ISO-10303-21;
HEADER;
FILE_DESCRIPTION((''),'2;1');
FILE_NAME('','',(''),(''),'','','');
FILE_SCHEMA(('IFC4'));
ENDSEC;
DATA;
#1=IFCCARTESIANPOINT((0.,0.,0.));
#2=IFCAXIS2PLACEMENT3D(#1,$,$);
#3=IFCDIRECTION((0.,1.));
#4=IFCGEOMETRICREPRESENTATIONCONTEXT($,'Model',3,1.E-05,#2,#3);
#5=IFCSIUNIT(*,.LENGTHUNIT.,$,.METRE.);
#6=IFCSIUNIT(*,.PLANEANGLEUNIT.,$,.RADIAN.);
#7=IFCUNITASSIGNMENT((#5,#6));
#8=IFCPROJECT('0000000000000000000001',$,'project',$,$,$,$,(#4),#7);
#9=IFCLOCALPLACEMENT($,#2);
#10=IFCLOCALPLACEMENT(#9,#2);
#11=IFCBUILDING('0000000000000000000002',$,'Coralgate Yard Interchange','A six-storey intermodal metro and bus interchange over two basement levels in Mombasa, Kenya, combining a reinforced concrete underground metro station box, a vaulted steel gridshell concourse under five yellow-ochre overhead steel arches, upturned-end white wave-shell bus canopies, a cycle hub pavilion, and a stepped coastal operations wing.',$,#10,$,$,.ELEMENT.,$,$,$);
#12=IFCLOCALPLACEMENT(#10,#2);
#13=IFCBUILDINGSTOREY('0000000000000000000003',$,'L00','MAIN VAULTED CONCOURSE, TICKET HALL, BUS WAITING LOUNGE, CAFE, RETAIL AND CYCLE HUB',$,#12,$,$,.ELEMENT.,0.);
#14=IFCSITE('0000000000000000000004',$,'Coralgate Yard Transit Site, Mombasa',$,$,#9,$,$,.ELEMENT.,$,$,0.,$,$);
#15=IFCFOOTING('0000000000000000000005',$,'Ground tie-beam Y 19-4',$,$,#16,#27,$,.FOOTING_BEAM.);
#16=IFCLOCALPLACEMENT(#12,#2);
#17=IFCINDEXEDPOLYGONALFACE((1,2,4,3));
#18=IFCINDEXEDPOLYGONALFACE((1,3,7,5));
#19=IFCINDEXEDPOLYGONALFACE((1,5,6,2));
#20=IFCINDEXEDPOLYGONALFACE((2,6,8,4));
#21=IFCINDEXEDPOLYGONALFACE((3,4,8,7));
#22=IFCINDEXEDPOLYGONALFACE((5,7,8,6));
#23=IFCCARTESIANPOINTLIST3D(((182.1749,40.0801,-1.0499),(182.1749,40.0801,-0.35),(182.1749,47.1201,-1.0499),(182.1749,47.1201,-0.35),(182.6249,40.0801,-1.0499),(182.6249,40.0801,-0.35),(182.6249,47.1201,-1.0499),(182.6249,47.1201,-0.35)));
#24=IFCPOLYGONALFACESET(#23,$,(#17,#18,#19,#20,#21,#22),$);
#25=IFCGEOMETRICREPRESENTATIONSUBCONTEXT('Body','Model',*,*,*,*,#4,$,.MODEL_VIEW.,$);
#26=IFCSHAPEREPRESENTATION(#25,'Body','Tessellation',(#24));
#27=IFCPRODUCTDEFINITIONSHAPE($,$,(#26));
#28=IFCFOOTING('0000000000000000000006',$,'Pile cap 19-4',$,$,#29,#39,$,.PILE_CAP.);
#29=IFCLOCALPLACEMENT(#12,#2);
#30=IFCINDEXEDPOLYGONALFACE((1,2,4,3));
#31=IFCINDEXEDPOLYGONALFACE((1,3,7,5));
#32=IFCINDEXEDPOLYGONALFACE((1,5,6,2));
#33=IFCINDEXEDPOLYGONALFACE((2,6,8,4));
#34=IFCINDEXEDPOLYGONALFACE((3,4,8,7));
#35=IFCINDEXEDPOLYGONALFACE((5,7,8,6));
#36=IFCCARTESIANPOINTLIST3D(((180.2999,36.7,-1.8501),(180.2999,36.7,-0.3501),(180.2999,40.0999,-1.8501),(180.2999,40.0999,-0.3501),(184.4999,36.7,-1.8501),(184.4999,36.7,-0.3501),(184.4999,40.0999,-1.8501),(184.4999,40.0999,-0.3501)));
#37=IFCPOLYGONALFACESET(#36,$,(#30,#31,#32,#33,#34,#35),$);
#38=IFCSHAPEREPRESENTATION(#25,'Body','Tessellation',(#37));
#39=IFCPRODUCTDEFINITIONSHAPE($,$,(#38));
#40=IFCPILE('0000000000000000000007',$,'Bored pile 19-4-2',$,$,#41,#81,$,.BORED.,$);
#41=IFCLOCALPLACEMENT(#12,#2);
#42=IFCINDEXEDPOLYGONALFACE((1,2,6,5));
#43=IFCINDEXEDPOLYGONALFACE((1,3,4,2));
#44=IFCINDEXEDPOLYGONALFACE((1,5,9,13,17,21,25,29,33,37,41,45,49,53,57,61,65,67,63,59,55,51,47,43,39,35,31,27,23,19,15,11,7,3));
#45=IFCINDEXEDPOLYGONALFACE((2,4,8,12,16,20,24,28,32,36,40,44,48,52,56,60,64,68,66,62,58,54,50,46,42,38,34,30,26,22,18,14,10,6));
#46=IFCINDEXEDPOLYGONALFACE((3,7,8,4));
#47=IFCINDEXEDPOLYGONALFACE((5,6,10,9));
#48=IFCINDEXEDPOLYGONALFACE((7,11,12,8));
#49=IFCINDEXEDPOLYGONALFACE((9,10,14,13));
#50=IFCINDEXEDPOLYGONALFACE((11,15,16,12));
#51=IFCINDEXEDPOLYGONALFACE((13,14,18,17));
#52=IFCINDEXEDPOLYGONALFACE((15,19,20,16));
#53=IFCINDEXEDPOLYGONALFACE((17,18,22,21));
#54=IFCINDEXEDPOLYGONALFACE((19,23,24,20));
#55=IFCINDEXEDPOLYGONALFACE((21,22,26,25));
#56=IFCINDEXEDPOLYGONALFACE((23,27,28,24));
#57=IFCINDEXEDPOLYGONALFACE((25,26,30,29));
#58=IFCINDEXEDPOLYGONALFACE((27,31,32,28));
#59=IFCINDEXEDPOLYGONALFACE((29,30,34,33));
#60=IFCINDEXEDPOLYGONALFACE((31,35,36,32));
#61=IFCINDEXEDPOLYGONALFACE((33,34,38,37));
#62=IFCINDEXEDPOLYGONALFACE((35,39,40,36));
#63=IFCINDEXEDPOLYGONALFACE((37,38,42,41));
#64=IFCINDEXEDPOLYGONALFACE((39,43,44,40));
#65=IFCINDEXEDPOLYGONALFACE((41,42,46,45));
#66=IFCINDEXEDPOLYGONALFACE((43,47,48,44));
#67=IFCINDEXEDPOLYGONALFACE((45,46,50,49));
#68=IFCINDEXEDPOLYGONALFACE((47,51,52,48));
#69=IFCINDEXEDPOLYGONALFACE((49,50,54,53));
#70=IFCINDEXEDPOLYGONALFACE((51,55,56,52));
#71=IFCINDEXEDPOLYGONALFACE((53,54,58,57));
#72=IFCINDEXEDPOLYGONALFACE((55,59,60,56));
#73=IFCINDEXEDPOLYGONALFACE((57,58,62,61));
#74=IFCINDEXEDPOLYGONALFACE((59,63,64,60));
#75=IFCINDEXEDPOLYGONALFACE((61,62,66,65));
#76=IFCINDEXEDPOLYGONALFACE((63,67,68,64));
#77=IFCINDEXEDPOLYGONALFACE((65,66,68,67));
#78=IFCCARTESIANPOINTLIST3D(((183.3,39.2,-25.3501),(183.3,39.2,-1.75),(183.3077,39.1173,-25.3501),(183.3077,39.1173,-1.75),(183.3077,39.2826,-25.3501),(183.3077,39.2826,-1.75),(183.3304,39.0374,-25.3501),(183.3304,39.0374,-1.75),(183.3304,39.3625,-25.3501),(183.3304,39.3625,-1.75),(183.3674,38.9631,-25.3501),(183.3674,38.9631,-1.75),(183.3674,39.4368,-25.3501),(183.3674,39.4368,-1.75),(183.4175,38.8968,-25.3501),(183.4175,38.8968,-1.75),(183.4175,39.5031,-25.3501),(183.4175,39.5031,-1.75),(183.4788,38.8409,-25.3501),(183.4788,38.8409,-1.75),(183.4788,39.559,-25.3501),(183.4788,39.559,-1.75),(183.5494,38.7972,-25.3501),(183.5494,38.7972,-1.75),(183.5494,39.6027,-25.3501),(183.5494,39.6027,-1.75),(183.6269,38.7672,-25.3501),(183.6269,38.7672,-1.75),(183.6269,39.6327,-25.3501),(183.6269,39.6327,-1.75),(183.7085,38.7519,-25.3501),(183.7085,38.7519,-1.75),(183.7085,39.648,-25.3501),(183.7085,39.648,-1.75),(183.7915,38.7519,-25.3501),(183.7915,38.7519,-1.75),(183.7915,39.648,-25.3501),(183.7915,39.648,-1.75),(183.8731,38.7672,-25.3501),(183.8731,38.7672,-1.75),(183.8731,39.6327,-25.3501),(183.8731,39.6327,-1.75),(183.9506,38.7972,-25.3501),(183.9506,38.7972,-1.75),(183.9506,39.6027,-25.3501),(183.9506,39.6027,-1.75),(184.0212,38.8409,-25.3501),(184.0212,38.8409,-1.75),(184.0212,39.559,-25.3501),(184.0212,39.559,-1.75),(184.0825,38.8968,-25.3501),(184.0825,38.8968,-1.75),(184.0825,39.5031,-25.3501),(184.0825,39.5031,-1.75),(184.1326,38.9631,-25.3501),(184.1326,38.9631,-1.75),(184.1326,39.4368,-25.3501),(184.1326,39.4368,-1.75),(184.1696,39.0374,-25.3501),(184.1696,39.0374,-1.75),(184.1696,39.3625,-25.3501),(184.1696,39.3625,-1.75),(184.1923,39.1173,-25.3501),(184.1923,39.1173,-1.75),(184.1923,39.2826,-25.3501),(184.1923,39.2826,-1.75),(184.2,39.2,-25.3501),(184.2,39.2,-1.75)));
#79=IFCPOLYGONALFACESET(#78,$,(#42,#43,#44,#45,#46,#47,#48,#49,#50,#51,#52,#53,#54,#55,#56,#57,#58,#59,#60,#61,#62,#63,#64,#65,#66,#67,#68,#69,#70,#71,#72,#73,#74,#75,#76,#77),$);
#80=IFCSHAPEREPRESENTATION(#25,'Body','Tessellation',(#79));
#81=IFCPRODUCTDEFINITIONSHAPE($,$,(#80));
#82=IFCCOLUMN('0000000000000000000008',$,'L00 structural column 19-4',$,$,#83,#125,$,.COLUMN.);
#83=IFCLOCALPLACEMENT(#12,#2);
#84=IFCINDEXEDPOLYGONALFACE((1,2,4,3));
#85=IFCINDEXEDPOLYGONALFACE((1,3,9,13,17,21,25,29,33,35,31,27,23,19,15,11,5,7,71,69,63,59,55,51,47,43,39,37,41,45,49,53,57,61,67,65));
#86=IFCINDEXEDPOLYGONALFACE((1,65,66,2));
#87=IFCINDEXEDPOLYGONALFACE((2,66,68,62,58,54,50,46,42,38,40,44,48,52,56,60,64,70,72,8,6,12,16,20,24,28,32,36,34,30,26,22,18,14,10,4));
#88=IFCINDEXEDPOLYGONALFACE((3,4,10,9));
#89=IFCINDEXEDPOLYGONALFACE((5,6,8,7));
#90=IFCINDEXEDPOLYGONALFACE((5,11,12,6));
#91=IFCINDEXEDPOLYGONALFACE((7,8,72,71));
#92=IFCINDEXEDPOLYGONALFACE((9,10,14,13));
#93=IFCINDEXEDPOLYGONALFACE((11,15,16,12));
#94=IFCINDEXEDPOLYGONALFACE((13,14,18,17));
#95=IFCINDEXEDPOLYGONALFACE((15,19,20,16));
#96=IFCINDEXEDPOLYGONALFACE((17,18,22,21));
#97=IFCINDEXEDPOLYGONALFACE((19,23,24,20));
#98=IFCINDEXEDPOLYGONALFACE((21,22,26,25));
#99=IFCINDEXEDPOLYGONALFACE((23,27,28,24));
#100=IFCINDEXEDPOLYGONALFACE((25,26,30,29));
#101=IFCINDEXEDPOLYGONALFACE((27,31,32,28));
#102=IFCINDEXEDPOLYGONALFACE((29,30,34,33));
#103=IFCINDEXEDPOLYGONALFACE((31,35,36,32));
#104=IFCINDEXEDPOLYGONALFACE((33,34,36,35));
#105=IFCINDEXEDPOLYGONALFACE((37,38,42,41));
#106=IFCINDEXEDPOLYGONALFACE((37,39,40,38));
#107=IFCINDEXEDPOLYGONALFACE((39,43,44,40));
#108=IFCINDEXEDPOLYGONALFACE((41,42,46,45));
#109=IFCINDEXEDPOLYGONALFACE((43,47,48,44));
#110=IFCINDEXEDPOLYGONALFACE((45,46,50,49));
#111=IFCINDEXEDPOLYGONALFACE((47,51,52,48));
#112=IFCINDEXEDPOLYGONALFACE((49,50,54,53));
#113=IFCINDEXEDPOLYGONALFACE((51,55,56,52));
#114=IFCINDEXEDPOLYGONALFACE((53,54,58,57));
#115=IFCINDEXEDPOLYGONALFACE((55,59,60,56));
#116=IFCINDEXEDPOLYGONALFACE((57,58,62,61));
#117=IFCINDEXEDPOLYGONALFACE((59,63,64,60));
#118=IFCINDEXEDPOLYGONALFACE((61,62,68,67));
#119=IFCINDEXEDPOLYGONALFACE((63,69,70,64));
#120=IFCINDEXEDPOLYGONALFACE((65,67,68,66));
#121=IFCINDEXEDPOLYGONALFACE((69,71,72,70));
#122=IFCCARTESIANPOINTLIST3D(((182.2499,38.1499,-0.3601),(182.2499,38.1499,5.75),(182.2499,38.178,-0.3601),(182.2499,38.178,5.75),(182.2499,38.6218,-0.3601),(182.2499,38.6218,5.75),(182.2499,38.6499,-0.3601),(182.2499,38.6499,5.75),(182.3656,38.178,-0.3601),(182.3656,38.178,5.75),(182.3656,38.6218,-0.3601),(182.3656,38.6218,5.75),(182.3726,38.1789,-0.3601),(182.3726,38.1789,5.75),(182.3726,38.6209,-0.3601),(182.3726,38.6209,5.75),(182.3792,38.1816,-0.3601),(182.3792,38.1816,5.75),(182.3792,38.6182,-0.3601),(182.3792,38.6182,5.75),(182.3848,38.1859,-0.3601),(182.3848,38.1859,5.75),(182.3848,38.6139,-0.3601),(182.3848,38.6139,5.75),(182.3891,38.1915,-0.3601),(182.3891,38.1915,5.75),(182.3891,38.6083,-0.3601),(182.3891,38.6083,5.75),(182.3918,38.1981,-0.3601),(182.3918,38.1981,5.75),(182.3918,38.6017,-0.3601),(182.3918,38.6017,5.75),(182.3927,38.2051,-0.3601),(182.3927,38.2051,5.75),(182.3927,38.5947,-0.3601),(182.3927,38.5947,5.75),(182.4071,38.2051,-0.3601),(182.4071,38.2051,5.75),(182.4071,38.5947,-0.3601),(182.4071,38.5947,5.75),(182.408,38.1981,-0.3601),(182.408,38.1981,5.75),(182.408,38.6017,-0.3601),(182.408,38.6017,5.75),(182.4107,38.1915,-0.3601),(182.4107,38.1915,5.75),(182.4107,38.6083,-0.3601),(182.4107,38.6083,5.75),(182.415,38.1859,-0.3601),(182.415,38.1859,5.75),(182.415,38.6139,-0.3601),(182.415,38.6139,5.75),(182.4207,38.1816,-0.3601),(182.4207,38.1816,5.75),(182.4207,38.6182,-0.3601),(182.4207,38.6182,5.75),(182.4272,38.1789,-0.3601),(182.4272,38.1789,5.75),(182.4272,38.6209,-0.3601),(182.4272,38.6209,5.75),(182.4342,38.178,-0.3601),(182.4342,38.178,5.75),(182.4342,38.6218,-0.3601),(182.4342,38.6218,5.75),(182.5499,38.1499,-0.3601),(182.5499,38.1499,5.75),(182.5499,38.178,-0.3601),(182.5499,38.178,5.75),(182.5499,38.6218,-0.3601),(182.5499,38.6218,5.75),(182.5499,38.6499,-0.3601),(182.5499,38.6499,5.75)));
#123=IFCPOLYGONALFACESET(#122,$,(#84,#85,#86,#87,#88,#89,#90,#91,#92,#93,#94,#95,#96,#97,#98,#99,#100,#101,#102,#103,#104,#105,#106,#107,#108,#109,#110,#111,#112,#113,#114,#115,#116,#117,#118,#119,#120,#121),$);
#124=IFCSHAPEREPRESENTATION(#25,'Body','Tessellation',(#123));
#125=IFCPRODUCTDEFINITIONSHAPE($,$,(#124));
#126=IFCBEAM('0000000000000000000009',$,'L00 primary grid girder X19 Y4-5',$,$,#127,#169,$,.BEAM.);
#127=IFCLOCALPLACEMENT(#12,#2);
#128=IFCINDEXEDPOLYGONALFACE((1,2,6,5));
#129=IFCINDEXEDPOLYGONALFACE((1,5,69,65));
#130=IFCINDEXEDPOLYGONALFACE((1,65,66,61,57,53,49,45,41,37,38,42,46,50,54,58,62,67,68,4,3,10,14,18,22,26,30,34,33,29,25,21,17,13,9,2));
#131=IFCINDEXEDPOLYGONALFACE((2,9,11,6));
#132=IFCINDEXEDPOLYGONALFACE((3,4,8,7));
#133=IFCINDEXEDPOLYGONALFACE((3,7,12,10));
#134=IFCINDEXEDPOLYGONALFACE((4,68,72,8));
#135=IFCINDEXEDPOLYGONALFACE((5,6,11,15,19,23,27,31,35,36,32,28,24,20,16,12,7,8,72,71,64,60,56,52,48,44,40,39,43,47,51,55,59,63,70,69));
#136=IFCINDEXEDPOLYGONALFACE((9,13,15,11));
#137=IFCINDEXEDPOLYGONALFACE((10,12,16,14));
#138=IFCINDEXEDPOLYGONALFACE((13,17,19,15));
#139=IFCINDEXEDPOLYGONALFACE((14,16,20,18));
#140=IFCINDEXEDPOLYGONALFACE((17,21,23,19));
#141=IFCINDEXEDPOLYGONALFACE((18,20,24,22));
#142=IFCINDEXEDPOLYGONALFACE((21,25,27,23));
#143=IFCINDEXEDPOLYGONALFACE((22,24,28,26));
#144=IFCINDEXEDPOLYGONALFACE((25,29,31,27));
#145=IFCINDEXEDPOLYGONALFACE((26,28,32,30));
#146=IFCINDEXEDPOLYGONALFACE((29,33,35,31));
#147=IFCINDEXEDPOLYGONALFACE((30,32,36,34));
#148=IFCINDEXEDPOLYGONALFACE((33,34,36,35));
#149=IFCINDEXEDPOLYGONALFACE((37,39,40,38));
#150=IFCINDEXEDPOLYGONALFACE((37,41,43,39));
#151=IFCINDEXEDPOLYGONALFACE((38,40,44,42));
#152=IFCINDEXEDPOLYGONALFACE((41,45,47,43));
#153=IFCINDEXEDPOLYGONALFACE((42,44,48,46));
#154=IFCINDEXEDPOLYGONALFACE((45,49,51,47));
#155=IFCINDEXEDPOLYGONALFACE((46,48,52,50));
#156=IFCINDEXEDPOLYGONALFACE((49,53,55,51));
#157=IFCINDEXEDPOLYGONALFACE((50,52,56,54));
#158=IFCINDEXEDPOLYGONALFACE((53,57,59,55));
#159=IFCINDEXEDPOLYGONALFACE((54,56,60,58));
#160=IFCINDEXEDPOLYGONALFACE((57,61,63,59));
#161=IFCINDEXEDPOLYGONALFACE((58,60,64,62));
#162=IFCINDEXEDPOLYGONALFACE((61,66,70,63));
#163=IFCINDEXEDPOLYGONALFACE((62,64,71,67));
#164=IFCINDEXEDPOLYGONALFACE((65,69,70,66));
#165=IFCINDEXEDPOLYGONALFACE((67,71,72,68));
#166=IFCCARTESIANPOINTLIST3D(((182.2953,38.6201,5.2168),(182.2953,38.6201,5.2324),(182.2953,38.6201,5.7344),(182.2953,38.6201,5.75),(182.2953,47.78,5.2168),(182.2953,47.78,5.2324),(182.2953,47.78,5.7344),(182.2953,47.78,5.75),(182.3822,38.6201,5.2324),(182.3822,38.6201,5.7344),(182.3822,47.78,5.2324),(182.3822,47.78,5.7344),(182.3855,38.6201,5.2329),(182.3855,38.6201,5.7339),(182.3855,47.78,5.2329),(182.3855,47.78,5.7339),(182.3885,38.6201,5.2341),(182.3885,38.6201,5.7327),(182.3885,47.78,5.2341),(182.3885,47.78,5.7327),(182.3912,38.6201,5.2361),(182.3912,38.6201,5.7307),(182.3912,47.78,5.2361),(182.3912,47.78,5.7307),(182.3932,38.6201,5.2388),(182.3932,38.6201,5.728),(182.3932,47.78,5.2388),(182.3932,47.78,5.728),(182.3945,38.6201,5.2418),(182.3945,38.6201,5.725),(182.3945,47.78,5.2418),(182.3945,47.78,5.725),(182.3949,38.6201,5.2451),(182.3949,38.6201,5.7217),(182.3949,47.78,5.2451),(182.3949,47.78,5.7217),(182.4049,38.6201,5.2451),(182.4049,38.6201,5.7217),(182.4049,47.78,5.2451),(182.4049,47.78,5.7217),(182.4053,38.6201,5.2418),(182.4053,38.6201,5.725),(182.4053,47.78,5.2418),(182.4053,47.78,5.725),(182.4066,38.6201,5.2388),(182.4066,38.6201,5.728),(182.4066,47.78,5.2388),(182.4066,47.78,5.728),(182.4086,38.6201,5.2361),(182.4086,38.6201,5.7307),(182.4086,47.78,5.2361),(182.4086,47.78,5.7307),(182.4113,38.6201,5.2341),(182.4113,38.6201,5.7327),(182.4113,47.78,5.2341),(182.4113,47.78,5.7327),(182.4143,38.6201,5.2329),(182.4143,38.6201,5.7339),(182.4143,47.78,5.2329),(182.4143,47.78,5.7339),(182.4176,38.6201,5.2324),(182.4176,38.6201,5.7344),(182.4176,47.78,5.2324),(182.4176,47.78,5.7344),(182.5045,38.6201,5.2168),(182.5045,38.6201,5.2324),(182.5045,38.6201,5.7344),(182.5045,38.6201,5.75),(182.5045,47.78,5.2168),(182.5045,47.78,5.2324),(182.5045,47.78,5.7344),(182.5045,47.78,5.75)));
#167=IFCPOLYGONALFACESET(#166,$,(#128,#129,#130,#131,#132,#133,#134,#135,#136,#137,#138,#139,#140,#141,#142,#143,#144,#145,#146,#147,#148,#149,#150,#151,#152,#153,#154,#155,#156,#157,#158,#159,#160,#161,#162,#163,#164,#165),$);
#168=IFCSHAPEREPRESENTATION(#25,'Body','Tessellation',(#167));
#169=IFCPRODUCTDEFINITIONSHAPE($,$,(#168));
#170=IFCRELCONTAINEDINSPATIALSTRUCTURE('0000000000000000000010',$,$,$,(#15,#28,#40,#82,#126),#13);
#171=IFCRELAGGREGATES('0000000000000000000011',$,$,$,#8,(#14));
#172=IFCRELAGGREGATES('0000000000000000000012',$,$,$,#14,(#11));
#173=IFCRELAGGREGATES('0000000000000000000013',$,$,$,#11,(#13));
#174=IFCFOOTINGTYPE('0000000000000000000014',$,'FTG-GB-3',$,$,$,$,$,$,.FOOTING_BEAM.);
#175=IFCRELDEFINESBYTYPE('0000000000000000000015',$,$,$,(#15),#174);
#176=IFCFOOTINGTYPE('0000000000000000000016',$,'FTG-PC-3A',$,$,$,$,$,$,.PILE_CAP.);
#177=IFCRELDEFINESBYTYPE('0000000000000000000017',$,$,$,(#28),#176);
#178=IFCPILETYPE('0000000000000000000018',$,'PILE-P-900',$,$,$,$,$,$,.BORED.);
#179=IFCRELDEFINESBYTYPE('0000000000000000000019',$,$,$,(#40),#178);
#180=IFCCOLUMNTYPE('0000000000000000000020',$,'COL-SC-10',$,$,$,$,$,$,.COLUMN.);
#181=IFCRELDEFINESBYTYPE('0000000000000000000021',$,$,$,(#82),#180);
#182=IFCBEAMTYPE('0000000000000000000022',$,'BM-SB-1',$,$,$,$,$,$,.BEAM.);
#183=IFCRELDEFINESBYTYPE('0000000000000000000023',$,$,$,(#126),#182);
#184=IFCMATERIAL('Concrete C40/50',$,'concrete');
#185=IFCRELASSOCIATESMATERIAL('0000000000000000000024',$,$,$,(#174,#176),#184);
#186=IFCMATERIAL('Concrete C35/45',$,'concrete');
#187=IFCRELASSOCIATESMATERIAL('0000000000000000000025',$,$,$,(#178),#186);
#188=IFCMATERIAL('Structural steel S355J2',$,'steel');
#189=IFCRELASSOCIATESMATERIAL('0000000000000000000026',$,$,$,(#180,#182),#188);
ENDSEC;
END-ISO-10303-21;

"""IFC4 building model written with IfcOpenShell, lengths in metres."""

from ifc_helpers import new_model, si_unit, direction, frame, origin, origin_2d, place, context, subcontext, project, spatial, rectangle, circle, i_section, extrude, material, material_profile, profile_set, type_object, element, save


model = new_model("IFC4")

# Units and contexts
model_context = context("Model", 3, precision=1e-05, world=origin(), true_north=direction((0.0, 1.0)))
body_context = subcontext(model_context, "Body", "Model", "MODEL_VIEW")
ifc_project = project(units=[si_unit("LENGTHUNIT", "METRE"), si_unit("PLANEANGLEUNIT", "RADIAN")], contexts=[model_context])

# Site, building, storey
site_placement = place(None, origin())
site = spatial("IfcSite", under=ifc_project, at=site_placement, Name="Coralgate Yard Transit Site, Mombasa", CompositionType="ELEMENT", RefElevation=0.0)
building_placement = place(site_placement, origin())
building = spatial("IfcBuilding", under=site, at=building_placement, Name="Coralgate Yard Interchange", Description="A six-storey intermodal metro and bus interchange over two basement levels in Mombasa, Kenya, combining a reinforced concrete underground metro station box, a vaulted steel gridshell concourse under five yellow-ochre overhead steel arches, upturned-end white wave-shell bus canopies, a cycle hub pavilion, and a stepped coastal operations wing.", CompositionType="ELEMENT")
storey_placement = place(building_placement, origin())
storey = spatial("IfcBuildingStorey", under=building, at=storey_placement, Name="L00", Description="MAIN VAULTED CONCOURSE, TICKET HALL, BUS WAITING LOUNGE, CAFE, RETAIL AND CYCLE HUB", CompositionType="ELEMENT", Elevation=0.0)

# Footings
ifc_material_1 = material(Name="Concrete C40/50", Category="concrete")
ifc_material_profile_1 = material_profile(ifc_material_1, rectangle(XDim=0.45, YDim=0.7, at=origin_2d()), Name="RC 450x700")
ifc_profile_set_1 = profile_set([ifc_material_profile_1], Name="Concrete C40/50")
footing_type_1 = type_object("IfcFootingType", Name="FTG-GB-3", PredefinedType="FOOTING_BEAM", material=ifc_profile_set_1)
footing_1_placement = place(storey_placement, frame((182.3999, 40.0801, -0.7), z_axis=(0.0, 1.0, 0.0), x_axis=(-1.0, 0.0, 0.0)))
element("IfcFooting", 1, at=footing_1_placement, inside=storey, type_object=footing_type_1, Name="Ground tie-beam Y 19-4", PredefinedType="FOOTING_BEAM", context=body_context, shape_type="SweptSolid", body=[
    extrude(rectangle(XDim=0.45, YDim=0.7, at=origin_2d()), origin(), (0.0, 0.0, 1.0), 7.04),
])
footing_type_2 = type_object("IfcFootingType", Name="FTG-PC-3A", PredefinedType="PILE_CAP", material=ifc_material_1)
footing_2_placement = place(storey_placement, frame((182.3999, 38.3999, -1.8501), z_axis=(0.0, 0.0, 1.0), x_axis=(1.0, 0.0, 0.0)))
element("IfcFooting", 2, at=footing_2_placement, inside=storey, type_object=footing_type_2, Name="Pile cap 19-4", PredefinedType="PILE_CAP", context=body_context, shape_type="SweptSolid", body=[
    extrude(rectangle(XDim=4.2, YDim=3.3999, at=origin_2d()), origin(), (0.0, 0.0, 1.0), 1.5),
])

# Pile
ifc_material_2 = material(Name="Concrete C35/45", Category="concrete")
ifc_material_profile_2 = material_profile(ifc_material_2, circle(Radius=0.45, at=origin_2d()), Name="BORED PILE D900")
ifc_profile_set_2 = profile_set([ifc_material_profile_2], Name="Concrete C35/45")
pile_type = type_object("IfcPileType", Name="PILE-P-900", PredefinedType="BORED", material=ifc_profile_set_2)
pile_placement = place(storey_placement, frame((183.75, 39.2, -1.75), z_axis=(0.0, 0.0, -1.0), x_axis=(1.0, 0.0, 0.0)))
element("IfcPile", 3, at=pile_placement, inside=storey, type_object=pile_type, Name="Bored pile 19-4-2", PredefinedType="BORED", context=body_context, shape_type="SweptSolid", body=[
    extrude(circle(Radius=0.45, at=origin_2d()), origin(), (0.0, 0.0, 1.0), 23.6001),
])

# Column
ifc_material_3 = material(Name="Structural steel S355J2", Category="steel")
ifc_material_profile_3 = material_profile(ifc_material_3, i_section(OverallWidth=0.3, OverallDepth=0.5, WebThickness=0.0144, FlangeThickness=0.0281, FilletRadius=0.0271, at=origin_2d()), Name="HEB 500")
ifc_profile_set_3 = profile_set([ifc_material_profile_3], Name="Structural steel S355J2")
column_type = type_object("IfcColumnType", Name="COL-SC-10", PredefinedType="COLUMN", material=ifc_profile_set_3)
column_placement = place(storey_placement, frame((182.3999, 38.3999, -0.3601), z_axis=(0.0, 0.0, 1.0), x_axis=(1.0, 0.0, 0.0)))
element("IfcColumn", 4, at=column_placement, inside=storey, type_object=column_type, Name="L00 structural column 19-4", PredefinedType="COLUMN", context=body_context, shape_type="SweptSolid", body=[
    extrude(i_section(OverallWidth=0.3, OverallDepth=0.5, WebThickness=0.0144, FlangeThickness=0.0281, FilletRadius=0.0271, at=origin_2d()), origin(), (0.0, 0.0, 1.0), 6.1101),
])

# Beam
ifc_material_profile_4 = material_profile(ifc_material_3, i_section(OverallWidth=0.2092, OverallDepth=0.5332, WebThickness=0.01, FlangeThickness=0.0156, FilletRadius=0.0127, at=origin_2d()), Name="UB 533x210x92")
ifc_profile_set_4 = profile_set([ifc_material_profile_4], Name="Structural steel S355J2")
beam_type = type_object("IfcBeamType", Name="BM-SB-1", PredefinedType="BEAM", material=ifc_profile_set_4)
beam_placement = place(storey_placement, frame((182.3999, 38.6201, 5.4834), z_axis=(0.0, 1.0, 0.0), x_axis=(-1.0, 0.0, 0.0)))
element("IfcBeam", 5, at=beam_placement, inside=storey, type_object=beam_type, Name="L00 primary grid girder X19 Y4-5", PredefinedType="BEAM", context=body_context, shape_type="SweptSolid", body=[
    extrude(i_section(OverallWidth=0.2092, OverallDepth=0.5332, WebThickness=0.01, FlangeThickness=0.0156, FilletRadius=0.0127, at=origin_2d()), origin(), (0.0, 0.0, 1.0), 9.1599),
])

save(model, "model.ifc")
